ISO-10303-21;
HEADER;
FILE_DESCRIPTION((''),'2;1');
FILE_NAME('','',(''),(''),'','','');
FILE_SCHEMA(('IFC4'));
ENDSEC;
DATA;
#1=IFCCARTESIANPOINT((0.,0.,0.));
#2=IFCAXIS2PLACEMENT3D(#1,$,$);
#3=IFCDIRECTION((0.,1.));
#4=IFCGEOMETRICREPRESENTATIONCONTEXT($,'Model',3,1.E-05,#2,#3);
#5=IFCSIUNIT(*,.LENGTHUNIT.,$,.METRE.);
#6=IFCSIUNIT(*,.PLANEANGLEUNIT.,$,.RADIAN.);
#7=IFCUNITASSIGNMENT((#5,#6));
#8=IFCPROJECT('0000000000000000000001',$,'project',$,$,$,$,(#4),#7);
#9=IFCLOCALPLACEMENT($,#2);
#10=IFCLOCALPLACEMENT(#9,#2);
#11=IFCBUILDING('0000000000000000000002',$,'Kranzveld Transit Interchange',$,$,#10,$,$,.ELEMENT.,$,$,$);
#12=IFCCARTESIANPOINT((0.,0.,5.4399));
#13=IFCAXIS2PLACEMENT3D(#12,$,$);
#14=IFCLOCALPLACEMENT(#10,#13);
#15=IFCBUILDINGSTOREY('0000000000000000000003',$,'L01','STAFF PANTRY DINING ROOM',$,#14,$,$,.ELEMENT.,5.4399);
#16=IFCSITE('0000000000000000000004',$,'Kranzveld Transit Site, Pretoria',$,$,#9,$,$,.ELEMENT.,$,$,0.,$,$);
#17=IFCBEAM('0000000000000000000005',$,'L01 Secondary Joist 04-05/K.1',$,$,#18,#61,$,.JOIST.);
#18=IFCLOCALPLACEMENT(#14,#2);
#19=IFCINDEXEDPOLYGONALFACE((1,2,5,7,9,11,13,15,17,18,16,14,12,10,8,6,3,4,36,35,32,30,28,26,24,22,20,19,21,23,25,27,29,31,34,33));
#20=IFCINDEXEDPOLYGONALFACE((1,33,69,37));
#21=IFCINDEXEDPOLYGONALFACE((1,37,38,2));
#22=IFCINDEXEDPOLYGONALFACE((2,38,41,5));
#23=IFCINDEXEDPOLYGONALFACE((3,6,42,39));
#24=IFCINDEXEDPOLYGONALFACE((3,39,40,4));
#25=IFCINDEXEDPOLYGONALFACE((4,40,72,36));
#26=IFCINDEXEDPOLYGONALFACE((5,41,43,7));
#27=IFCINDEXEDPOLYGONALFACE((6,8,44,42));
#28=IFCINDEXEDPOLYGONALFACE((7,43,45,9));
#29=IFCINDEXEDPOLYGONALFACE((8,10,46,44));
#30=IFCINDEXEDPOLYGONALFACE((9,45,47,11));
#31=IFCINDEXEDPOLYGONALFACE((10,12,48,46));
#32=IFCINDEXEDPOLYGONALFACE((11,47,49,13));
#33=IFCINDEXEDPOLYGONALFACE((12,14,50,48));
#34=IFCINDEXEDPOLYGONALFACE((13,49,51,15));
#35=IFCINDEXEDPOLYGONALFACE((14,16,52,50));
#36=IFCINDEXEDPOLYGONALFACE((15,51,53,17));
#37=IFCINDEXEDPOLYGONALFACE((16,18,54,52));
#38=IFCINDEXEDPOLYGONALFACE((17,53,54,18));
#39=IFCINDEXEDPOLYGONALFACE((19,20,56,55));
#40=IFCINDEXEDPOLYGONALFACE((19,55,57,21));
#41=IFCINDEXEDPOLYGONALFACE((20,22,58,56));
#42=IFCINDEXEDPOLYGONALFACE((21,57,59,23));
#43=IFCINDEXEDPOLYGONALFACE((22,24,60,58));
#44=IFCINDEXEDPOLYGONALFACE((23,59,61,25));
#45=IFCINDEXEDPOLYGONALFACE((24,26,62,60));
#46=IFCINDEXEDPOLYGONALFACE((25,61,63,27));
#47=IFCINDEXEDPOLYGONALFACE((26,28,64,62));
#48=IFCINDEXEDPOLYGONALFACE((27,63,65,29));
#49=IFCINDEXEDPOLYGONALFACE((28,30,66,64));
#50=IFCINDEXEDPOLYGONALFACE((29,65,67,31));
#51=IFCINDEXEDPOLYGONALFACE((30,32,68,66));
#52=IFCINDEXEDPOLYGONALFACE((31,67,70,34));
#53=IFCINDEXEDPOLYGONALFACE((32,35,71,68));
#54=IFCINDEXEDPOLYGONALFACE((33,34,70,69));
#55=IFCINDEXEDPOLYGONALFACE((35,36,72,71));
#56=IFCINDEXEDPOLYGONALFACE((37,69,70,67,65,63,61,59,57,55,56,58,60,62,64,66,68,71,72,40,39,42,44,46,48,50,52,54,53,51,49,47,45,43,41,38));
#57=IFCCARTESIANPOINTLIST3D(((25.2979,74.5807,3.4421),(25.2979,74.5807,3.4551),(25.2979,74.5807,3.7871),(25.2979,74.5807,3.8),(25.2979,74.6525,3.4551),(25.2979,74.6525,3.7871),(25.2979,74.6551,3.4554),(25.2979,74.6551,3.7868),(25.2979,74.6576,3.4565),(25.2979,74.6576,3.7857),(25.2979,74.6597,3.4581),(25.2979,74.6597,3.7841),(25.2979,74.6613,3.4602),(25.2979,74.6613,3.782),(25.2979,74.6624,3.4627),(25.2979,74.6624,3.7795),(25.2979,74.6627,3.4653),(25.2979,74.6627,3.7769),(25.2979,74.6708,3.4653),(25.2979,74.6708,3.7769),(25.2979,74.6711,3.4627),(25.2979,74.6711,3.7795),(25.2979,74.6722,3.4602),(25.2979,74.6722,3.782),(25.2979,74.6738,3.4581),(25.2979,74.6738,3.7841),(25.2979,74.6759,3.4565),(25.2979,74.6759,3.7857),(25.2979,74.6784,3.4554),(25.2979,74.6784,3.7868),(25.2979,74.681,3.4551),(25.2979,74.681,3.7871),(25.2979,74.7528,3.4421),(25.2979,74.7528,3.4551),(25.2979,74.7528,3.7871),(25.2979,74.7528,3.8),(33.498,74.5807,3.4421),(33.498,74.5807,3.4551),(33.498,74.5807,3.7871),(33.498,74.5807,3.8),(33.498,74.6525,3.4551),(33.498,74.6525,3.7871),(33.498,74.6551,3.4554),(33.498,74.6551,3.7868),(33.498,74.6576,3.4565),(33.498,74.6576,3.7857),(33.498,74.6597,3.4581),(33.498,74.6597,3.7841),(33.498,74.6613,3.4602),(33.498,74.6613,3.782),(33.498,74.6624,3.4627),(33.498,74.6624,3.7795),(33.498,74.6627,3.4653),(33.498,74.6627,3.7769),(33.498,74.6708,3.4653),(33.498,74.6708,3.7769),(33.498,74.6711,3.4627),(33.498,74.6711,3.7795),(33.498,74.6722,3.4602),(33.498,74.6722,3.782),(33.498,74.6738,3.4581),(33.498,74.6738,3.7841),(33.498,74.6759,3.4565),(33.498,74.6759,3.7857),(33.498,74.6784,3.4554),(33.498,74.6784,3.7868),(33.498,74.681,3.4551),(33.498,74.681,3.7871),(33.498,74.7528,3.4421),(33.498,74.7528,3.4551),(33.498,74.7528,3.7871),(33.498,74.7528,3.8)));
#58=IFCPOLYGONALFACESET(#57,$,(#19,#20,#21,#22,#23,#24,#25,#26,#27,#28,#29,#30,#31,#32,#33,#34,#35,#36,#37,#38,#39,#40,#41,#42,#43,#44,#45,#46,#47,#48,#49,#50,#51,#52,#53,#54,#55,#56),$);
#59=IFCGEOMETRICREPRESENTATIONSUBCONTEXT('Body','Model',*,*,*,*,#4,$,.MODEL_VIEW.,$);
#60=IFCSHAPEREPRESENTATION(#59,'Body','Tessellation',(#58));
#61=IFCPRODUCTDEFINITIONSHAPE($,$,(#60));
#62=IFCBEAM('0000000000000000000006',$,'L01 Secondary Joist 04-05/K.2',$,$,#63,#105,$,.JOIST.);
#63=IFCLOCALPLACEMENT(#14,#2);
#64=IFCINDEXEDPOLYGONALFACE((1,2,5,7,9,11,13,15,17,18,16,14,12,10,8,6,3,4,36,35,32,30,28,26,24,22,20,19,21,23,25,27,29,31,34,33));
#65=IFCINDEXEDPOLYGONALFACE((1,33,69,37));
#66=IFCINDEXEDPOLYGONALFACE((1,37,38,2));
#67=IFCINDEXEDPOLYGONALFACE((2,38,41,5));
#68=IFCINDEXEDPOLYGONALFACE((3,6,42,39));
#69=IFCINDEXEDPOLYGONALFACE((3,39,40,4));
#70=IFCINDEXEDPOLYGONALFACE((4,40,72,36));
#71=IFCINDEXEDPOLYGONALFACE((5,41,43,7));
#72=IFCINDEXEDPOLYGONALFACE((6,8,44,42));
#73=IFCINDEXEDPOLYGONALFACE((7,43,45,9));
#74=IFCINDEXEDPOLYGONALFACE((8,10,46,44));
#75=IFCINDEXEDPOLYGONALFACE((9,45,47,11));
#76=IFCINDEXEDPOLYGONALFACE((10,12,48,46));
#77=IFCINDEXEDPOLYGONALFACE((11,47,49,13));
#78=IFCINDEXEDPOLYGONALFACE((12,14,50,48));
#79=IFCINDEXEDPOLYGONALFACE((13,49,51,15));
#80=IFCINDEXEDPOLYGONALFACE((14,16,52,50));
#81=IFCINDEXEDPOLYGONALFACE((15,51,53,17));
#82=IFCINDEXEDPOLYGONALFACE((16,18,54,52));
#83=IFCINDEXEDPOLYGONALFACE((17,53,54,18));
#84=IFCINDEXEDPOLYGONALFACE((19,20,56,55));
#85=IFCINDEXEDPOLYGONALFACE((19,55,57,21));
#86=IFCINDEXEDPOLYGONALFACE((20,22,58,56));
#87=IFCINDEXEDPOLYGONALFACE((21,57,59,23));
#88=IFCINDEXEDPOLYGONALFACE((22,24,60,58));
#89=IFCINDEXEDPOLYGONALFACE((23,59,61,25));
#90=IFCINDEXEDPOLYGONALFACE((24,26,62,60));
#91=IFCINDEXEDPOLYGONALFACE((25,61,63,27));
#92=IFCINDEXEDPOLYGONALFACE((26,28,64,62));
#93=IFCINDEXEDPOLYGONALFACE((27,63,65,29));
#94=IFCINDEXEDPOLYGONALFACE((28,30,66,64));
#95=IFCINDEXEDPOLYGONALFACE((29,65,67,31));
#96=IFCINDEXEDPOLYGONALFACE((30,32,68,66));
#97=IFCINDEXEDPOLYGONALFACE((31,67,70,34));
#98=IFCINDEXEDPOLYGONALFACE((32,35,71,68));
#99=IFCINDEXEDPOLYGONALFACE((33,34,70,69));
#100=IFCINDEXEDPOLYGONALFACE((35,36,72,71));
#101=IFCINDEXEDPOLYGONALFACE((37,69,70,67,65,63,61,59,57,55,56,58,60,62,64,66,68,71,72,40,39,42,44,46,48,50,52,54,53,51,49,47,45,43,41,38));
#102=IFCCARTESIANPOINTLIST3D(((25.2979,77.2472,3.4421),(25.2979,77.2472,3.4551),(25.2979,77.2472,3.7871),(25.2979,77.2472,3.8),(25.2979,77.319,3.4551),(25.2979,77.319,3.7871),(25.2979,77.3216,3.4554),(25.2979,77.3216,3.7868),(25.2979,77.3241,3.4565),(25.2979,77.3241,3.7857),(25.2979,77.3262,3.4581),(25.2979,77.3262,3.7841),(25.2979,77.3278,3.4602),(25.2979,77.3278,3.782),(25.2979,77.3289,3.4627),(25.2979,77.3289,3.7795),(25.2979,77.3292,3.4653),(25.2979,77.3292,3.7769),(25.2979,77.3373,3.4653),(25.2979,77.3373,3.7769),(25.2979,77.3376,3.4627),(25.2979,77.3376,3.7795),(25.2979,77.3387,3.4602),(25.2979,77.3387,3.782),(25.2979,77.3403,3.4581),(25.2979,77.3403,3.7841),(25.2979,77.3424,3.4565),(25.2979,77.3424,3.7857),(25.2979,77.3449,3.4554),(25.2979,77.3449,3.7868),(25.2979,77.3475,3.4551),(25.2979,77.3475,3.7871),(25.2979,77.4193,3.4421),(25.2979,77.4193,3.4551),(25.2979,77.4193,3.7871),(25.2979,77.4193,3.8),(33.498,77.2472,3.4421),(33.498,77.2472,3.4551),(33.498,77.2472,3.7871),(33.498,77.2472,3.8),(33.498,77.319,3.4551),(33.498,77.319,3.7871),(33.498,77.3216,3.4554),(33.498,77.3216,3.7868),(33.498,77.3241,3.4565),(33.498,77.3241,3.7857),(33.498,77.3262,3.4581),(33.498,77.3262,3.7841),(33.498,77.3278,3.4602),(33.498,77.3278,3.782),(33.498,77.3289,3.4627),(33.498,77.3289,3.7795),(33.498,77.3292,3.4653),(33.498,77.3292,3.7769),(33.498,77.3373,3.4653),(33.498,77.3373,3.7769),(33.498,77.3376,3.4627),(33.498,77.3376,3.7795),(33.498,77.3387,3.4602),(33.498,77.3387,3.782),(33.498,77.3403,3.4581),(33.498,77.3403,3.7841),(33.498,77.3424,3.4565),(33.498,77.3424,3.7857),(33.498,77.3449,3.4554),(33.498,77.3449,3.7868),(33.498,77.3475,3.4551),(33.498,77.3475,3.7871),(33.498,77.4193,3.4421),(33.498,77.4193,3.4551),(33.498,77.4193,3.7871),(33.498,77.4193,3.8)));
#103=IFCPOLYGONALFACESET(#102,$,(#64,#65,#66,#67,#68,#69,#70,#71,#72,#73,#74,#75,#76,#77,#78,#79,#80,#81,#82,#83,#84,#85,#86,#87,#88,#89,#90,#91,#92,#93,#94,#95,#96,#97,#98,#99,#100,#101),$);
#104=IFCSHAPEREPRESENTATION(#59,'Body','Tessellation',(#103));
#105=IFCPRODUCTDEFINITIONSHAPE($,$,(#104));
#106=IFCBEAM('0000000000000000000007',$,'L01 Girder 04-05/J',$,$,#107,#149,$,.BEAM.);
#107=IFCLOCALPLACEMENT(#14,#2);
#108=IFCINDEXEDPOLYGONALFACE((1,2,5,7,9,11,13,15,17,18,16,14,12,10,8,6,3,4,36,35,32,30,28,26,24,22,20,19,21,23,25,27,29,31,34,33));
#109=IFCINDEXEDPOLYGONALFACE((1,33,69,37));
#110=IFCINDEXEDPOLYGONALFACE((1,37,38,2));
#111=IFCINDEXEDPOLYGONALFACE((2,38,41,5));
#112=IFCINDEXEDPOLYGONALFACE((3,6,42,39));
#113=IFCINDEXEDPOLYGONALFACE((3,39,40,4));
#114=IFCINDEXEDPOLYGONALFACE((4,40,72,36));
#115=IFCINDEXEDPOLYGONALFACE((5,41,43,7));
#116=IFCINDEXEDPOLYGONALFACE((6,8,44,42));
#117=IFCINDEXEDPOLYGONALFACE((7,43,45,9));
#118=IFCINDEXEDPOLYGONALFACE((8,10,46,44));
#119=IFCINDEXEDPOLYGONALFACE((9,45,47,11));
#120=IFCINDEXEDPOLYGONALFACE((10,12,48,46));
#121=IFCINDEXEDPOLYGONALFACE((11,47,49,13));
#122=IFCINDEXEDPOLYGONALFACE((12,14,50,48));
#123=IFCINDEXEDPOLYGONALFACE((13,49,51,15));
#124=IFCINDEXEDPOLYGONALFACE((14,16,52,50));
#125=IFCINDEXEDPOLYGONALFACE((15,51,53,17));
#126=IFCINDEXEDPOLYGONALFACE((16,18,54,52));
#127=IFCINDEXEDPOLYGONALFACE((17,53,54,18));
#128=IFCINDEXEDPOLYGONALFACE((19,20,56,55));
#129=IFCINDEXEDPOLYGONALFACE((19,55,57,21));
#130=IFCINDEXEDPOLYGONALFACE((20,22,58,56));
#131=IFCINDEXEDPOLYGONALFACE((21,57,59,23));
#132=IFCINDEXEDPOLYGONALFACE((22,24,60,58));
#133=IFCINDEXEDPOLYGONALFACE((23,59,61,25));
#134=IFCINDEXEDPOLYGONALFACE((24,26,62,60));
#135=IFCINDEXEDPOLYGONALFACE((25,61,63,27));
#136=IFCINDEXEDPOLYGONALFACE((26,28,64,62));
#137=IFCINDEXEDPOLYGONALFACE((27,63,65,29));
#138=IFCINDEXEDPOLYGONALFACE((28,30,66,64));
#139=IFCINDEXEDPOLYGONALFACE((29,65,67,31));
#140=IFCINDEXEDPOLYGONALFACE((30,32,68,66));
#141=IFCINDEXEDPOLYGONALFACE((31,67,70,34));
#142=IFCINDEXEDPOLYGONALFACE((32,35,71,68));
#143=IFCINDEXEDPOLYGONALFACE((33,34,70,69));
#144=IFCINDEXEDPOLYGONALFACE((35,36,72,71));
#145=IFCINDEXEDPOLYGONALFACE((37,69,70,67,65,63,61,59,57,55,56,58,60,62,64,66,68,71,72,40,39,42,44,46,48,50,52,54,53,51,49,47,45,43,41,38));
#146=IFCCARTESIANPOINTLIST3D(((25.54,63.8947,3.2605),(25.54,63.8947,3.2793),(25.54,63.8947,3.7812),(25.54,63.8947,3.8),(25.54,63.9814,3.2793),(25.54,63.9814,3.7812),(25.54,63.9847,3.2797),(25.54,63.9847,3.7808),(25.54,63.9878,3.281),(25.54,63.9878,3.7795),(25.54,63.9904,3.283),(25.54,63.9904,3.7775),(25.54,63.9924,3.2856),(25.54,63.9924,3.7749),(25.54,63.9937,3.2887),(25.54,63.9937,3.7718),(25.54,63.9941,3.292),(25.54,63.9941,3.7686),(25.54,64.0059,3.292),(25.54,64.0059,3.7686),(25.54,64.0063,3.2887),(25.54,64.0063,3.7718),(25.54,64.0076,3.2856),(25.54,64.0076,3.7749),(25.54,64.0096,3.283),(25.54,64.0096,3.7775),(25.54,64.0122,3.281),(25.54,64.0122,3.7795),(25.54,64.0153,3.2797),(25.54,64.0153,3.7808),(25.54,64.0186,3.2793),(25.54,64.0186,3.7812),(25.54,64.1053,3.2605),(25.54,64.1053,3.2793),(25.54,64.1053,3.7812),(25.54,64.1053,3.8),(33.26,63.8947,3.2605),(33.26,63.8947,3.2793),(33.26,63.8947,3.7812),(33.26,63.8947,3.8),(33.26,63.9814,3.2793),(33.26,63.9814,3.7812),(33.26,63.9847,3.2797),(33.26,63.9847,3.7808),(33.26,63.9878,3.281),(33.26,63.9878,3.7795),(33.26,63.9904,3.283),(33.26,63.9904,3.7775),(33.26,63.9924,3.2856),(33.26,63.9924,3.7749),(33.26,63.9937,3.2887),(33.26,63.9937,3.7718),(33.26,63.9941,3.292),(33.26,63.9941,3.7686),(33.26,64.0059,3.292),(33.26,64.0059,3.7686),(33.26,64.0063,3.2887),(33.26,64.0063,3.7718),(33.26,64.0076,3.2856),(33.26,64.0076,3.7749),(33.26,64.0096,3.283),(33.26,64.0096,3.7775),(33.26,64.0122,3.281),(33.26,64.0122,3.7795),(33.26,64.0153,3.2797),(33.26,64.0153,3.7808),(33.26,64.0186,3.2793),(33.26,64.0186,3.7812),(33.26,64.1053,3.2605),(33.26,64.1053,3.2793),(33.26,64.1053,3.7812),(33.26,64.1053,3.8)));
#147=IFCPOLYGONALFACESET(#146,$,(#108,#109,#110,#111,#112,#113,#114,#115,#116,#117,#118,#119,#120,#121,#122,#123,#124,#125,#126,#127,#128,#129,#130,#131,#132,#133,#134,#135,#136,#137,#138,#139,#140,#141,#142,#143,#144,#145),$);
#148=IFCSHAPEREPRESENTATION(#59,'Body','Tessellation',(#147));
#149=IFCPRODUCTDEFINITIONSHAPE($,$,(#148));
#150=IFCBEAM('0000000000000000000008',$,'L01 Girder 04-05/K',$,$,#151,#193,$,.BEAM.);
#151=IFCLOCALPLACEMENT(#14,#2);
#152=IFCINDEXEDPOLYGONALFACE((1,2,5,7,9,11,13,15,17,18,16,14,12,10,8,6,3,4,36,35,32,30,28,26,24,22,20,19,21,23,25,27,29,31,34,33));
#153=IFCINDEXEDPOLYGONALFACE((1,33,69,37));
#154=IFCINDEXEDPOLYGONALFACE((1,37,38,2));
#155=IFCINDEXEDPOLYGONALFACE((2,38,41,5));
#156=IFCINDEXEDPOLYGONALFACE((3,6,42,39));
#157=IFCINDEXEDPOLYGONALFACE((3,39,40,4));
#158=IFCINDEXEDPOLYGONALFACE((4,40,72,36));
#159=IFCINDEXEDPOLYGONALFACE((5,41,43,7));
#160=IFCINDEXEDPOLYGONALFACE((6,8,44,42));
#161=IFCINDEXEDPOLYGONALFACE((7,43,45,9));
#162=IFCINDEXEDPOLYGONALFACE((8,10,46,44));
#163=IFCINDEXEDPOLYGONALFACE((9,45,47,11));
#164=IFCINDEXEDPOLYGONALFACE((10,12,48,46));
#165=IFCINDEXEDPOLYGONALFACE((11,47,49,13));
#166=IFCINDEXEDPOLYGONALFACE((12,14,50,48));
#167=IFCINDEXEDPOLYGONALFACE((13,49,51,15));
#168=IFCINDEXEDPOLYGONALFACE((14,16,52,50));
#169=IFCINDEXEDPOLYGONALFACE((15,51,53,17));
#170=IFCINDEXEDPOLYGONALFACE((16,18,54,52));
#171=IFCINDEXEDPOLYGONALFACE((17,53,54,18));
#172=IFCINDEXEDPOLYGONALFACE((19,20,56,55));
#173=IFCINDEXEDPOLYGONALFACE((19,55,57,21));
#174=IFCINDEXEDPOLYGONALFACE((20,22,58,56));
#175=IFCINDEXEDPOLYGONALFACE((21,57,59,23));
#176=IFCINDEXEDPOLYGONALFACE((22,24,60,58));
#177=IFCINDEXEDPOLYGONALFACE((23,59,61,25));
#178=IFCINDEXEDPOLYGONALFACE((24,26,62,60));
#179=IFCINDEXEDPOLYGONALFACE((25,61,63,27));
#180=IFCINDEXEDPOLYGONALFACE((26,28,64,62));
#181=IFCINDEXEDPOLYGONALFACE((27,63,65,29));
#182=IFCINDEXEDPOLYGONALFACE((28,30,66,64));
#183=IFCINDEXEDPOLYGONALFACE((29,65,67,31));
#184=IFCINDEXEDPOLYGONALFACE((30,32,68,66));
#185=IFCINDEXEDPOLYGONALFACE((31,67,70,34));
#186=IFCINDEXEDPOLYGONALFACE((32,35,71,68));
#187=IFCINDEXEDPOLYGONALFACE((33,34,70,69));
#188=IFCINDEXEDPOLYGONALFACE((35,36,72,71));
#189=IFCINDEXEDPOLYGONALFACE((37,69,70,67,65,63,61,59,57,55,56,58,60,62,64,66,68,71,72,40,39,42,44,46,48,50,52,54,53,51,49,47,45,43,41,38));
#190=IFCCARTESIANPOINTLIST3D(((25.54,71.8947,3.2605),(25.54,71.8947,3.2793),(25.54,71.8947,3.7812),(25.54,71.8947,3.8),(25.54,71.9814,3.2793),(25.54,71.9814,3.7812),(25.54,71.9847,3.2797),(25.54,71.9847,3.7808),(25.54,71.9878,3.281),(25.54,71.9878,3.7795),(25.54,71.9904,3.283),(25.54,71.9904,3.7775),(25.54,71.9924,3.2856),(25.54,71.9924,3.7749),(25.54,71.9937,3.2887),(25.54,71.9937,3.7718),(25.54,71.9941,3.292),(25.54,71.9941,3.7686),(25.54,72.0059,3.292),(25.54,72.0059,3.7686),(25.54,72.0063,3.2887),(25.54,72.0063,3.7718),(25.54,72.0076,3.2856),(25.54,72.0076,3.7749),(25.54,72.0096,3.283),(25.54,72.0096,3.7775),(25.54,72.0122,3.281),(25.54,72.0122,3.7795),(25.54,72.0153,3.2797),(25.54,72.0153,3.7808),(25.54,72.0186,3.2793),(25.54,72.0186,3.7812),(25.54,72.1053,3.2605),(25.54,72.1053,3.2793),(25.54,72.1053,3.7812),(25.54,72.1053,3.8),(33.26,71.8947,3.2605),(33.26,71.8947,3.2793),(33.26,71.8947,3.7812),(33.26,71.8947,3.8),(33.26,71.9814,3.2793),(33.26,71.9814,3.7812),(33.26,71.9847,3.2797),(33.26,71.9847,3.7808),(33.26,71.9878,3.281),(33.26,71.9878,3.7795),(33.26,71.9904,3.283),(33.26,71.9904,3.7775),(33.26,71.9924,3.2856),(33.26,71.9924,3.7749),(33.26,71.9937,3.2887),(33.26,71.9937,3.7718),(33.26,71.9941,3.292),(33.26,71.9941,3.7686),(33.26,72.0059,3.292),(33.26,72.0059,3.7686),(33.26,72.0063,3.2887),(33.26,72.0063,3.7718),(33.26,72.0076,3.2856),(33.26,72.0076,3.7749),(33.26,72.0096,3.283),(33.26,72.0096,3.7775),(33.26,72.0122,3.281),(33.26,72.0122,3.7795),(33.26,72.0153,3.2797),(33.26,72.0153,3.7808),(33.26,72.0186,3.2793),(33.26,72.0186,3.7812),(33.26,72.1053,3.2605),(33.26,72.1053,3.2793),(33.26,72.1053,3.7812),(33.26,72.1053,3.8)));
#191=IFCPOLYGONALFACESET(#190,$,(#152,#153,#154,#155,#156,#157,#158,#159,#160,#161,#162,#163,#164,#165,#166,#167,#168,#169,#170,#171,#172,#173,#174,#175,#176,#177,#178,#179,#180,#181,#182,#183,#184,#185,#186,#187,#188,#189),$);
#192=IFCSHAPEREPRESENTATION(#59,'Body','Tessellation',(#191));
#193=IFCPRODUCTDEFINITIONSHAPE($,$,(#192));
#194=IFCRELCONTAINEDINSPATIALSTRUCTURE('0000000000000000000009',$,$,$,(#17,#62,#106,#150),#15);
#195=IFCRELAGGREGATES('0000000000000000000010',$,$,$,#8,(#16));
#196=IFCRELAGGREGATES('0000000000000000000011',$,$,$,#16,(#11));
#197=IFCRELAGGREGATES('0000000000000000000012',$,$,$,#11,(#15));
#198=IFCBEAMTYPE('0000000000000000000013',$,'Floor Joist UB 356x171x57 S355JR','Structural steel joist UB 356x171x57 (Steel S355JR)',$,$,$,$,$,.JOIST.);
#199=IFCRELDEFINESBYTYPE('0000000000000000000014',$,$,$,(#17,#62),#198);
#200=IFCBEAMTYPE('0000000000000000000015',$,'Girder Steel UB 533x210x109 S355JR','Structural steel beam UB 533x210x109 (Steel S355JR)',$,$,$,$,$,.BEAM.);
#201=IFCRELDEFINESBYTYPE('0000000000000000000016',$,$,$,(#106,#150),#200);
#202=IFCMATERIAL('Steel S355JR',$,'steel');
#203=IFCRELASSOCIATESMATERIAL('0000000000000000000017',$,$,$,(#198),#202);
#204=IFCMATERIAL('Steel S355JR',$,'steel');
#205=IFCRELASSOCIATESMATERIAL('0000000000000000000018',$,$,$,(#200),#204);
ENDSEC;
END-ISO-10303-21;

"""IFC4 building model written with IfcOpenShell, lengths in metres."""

from ifc_helpers import new_model, si_unit, direction, frame, origin, origin_2d, place, context, subcontext, project, spatial, i_section, extrude, material, material_profile, profile_set, type_object, element, save


model = new_model("IFC4")

# Units and contexts
model_context = context("Model", 3, precision=1e-05, world=origin(), true_north=direction((0.0, 1.0)))
body_context = subcontext(model_context, "Body", "Model", "MODEL_VIEW")
ifc_project = project(units=[si_unit("LENGTHUNIT", "METRE"), si_unit("PLANEANGLEUNIT", "RADIAN")], contexts=[model_context])

# Site, building, storey
site_placement = place(None, origin())
site = spatial("IfcSite", under=ifc_project, at=site_placement, Name="Kranzveld Transit Site, Pretoria", CompositionType="ELEMENT", RefElevation=0.0)
building_placement = place(site_placement, origin())
building = spatial("IfcBuilding", under=site, at=building_placement, Name="Kranzveld Transit Interchange", CompositionType="ELEMENT")
storey_placement = place(building_placement, frame((0.0, 0.0, 5.4399)))
storey = spatial("IfcBuildingStorey", under=building, at=storey_placement, Name="L01", Description="STAFF PANTRY DINING ROOM", CompositionType="ELEMENT", Elevation=5.4399)

# Beams
ifc_material_1 = material(Name="Steel S355JR", Category="steel")
ifc_material_profile_1 = material_profile(ifc_material_1, i_section(OverallWidth=0.1721, OverallDepth=0.3579, WebThickness=0.0081, FlangeThickness=0.0129, FilletRadius=0.0103, at=origin_2d()), Name="UB 356x171x57")
ifc_profile_set_1 = profile_set([ifc_material_profile_1], Name="Steel S355JR")
beam_type_1 = type_object("IfcBeamType", Name="Floor Joist UB 356x171x57 S355JR", Description="Structural steel joist UB 356x171x57 (Steel S355JR)", PredefinedType="JOIST", material=ifc_profile_set_1)
for number, where, z_axis, x_axis, name in (
    (1, (25.2979, 74.6667, 3.6211), (1.0, 0.0, 0.0), (0.0, 1.0, 0.0), "L01 Secondary Joist 04-05/K.1"),
    (2, (25.2979, 77.3333, 3.6211), (1.0, 0.0, 0.0), (0.0, 1.0, 0.0), "L01 Secondary Joist 04-05/K.2"),
):
    element("IfcBeam", number, at=place(storey_placement, frame(where, z_axis=z_axis, x_axis=x_axis)), inside=storey, type_object=beam_type_1, Name=name, PredefinedType="JOIST", context=body_context, shape_type="SweptSolid", body=[
        extrude(i_section(OverallWidth=0.1721, OverallDepth=0.3579, WebThickness=0.0081, FlangeThickness=0.0129, FilletRadius=0.0103, at=origin_2d()), origin(), (0.0, 0.0, 1.0), 8.2002),
    ])
ifc_material_2 = material(Name="Steel S355JR", Category="steel")
ifc_material_profile_2 = material_profile(ifc_material_2, i_section(OverallWidth=0.2107, OverallDepth=0.5396, WebThickness=0.0117, FlangeThickness=0.0188, FilletRadius=0.0127, at=origin_2d()), Name="UB 533x210x109")
ifc_profile_set_2 = profile_set([ifc_material_profile_2], Name="Steel S355JR")
beam_type_2 = type_object("IfcBeamType", Name="Girder Steel UB 533x210x109 S355JR", Description="Structural steel beam UB 533x210x109 (Steel S355JR)", PredefinedType="BEAM", material=ifc_profile_set_2)
for number, where, z_axis, x_axis, name in (
    (3, (25.54, 64.0, 3.5303), (1.0, 0.0, 0.0), (0.0, 1.0, 0.0), "L01 Girder 04-05/J"),
    (4, (25.54, 72.0, 3.5303), (1.0, 0.0, 0.0), (0.0, 1.0, 0.0), "L01 Girder 04-05/K"),
):
    element("IfcBeam", number, at=place(storey_placement, frame(where, z_axis=z_axis, x_axis=x_axis)), inside=storey, type_object=beam_type_2, Name=name, PredefinedType="BEAM", context=body_context, shape_type="SweptSolid", body=[
        extrude(i_section(OverallWidth=0.2107, OverallDepth=0.5396, WebThickness=0.0117, FlangeThickness=0.0188, FilletRadius=0.0127, at=origin_2d()), origin(), (0.0, 0.0, 1.0), 7.72),
    ])

save(model, "model.ifc")
